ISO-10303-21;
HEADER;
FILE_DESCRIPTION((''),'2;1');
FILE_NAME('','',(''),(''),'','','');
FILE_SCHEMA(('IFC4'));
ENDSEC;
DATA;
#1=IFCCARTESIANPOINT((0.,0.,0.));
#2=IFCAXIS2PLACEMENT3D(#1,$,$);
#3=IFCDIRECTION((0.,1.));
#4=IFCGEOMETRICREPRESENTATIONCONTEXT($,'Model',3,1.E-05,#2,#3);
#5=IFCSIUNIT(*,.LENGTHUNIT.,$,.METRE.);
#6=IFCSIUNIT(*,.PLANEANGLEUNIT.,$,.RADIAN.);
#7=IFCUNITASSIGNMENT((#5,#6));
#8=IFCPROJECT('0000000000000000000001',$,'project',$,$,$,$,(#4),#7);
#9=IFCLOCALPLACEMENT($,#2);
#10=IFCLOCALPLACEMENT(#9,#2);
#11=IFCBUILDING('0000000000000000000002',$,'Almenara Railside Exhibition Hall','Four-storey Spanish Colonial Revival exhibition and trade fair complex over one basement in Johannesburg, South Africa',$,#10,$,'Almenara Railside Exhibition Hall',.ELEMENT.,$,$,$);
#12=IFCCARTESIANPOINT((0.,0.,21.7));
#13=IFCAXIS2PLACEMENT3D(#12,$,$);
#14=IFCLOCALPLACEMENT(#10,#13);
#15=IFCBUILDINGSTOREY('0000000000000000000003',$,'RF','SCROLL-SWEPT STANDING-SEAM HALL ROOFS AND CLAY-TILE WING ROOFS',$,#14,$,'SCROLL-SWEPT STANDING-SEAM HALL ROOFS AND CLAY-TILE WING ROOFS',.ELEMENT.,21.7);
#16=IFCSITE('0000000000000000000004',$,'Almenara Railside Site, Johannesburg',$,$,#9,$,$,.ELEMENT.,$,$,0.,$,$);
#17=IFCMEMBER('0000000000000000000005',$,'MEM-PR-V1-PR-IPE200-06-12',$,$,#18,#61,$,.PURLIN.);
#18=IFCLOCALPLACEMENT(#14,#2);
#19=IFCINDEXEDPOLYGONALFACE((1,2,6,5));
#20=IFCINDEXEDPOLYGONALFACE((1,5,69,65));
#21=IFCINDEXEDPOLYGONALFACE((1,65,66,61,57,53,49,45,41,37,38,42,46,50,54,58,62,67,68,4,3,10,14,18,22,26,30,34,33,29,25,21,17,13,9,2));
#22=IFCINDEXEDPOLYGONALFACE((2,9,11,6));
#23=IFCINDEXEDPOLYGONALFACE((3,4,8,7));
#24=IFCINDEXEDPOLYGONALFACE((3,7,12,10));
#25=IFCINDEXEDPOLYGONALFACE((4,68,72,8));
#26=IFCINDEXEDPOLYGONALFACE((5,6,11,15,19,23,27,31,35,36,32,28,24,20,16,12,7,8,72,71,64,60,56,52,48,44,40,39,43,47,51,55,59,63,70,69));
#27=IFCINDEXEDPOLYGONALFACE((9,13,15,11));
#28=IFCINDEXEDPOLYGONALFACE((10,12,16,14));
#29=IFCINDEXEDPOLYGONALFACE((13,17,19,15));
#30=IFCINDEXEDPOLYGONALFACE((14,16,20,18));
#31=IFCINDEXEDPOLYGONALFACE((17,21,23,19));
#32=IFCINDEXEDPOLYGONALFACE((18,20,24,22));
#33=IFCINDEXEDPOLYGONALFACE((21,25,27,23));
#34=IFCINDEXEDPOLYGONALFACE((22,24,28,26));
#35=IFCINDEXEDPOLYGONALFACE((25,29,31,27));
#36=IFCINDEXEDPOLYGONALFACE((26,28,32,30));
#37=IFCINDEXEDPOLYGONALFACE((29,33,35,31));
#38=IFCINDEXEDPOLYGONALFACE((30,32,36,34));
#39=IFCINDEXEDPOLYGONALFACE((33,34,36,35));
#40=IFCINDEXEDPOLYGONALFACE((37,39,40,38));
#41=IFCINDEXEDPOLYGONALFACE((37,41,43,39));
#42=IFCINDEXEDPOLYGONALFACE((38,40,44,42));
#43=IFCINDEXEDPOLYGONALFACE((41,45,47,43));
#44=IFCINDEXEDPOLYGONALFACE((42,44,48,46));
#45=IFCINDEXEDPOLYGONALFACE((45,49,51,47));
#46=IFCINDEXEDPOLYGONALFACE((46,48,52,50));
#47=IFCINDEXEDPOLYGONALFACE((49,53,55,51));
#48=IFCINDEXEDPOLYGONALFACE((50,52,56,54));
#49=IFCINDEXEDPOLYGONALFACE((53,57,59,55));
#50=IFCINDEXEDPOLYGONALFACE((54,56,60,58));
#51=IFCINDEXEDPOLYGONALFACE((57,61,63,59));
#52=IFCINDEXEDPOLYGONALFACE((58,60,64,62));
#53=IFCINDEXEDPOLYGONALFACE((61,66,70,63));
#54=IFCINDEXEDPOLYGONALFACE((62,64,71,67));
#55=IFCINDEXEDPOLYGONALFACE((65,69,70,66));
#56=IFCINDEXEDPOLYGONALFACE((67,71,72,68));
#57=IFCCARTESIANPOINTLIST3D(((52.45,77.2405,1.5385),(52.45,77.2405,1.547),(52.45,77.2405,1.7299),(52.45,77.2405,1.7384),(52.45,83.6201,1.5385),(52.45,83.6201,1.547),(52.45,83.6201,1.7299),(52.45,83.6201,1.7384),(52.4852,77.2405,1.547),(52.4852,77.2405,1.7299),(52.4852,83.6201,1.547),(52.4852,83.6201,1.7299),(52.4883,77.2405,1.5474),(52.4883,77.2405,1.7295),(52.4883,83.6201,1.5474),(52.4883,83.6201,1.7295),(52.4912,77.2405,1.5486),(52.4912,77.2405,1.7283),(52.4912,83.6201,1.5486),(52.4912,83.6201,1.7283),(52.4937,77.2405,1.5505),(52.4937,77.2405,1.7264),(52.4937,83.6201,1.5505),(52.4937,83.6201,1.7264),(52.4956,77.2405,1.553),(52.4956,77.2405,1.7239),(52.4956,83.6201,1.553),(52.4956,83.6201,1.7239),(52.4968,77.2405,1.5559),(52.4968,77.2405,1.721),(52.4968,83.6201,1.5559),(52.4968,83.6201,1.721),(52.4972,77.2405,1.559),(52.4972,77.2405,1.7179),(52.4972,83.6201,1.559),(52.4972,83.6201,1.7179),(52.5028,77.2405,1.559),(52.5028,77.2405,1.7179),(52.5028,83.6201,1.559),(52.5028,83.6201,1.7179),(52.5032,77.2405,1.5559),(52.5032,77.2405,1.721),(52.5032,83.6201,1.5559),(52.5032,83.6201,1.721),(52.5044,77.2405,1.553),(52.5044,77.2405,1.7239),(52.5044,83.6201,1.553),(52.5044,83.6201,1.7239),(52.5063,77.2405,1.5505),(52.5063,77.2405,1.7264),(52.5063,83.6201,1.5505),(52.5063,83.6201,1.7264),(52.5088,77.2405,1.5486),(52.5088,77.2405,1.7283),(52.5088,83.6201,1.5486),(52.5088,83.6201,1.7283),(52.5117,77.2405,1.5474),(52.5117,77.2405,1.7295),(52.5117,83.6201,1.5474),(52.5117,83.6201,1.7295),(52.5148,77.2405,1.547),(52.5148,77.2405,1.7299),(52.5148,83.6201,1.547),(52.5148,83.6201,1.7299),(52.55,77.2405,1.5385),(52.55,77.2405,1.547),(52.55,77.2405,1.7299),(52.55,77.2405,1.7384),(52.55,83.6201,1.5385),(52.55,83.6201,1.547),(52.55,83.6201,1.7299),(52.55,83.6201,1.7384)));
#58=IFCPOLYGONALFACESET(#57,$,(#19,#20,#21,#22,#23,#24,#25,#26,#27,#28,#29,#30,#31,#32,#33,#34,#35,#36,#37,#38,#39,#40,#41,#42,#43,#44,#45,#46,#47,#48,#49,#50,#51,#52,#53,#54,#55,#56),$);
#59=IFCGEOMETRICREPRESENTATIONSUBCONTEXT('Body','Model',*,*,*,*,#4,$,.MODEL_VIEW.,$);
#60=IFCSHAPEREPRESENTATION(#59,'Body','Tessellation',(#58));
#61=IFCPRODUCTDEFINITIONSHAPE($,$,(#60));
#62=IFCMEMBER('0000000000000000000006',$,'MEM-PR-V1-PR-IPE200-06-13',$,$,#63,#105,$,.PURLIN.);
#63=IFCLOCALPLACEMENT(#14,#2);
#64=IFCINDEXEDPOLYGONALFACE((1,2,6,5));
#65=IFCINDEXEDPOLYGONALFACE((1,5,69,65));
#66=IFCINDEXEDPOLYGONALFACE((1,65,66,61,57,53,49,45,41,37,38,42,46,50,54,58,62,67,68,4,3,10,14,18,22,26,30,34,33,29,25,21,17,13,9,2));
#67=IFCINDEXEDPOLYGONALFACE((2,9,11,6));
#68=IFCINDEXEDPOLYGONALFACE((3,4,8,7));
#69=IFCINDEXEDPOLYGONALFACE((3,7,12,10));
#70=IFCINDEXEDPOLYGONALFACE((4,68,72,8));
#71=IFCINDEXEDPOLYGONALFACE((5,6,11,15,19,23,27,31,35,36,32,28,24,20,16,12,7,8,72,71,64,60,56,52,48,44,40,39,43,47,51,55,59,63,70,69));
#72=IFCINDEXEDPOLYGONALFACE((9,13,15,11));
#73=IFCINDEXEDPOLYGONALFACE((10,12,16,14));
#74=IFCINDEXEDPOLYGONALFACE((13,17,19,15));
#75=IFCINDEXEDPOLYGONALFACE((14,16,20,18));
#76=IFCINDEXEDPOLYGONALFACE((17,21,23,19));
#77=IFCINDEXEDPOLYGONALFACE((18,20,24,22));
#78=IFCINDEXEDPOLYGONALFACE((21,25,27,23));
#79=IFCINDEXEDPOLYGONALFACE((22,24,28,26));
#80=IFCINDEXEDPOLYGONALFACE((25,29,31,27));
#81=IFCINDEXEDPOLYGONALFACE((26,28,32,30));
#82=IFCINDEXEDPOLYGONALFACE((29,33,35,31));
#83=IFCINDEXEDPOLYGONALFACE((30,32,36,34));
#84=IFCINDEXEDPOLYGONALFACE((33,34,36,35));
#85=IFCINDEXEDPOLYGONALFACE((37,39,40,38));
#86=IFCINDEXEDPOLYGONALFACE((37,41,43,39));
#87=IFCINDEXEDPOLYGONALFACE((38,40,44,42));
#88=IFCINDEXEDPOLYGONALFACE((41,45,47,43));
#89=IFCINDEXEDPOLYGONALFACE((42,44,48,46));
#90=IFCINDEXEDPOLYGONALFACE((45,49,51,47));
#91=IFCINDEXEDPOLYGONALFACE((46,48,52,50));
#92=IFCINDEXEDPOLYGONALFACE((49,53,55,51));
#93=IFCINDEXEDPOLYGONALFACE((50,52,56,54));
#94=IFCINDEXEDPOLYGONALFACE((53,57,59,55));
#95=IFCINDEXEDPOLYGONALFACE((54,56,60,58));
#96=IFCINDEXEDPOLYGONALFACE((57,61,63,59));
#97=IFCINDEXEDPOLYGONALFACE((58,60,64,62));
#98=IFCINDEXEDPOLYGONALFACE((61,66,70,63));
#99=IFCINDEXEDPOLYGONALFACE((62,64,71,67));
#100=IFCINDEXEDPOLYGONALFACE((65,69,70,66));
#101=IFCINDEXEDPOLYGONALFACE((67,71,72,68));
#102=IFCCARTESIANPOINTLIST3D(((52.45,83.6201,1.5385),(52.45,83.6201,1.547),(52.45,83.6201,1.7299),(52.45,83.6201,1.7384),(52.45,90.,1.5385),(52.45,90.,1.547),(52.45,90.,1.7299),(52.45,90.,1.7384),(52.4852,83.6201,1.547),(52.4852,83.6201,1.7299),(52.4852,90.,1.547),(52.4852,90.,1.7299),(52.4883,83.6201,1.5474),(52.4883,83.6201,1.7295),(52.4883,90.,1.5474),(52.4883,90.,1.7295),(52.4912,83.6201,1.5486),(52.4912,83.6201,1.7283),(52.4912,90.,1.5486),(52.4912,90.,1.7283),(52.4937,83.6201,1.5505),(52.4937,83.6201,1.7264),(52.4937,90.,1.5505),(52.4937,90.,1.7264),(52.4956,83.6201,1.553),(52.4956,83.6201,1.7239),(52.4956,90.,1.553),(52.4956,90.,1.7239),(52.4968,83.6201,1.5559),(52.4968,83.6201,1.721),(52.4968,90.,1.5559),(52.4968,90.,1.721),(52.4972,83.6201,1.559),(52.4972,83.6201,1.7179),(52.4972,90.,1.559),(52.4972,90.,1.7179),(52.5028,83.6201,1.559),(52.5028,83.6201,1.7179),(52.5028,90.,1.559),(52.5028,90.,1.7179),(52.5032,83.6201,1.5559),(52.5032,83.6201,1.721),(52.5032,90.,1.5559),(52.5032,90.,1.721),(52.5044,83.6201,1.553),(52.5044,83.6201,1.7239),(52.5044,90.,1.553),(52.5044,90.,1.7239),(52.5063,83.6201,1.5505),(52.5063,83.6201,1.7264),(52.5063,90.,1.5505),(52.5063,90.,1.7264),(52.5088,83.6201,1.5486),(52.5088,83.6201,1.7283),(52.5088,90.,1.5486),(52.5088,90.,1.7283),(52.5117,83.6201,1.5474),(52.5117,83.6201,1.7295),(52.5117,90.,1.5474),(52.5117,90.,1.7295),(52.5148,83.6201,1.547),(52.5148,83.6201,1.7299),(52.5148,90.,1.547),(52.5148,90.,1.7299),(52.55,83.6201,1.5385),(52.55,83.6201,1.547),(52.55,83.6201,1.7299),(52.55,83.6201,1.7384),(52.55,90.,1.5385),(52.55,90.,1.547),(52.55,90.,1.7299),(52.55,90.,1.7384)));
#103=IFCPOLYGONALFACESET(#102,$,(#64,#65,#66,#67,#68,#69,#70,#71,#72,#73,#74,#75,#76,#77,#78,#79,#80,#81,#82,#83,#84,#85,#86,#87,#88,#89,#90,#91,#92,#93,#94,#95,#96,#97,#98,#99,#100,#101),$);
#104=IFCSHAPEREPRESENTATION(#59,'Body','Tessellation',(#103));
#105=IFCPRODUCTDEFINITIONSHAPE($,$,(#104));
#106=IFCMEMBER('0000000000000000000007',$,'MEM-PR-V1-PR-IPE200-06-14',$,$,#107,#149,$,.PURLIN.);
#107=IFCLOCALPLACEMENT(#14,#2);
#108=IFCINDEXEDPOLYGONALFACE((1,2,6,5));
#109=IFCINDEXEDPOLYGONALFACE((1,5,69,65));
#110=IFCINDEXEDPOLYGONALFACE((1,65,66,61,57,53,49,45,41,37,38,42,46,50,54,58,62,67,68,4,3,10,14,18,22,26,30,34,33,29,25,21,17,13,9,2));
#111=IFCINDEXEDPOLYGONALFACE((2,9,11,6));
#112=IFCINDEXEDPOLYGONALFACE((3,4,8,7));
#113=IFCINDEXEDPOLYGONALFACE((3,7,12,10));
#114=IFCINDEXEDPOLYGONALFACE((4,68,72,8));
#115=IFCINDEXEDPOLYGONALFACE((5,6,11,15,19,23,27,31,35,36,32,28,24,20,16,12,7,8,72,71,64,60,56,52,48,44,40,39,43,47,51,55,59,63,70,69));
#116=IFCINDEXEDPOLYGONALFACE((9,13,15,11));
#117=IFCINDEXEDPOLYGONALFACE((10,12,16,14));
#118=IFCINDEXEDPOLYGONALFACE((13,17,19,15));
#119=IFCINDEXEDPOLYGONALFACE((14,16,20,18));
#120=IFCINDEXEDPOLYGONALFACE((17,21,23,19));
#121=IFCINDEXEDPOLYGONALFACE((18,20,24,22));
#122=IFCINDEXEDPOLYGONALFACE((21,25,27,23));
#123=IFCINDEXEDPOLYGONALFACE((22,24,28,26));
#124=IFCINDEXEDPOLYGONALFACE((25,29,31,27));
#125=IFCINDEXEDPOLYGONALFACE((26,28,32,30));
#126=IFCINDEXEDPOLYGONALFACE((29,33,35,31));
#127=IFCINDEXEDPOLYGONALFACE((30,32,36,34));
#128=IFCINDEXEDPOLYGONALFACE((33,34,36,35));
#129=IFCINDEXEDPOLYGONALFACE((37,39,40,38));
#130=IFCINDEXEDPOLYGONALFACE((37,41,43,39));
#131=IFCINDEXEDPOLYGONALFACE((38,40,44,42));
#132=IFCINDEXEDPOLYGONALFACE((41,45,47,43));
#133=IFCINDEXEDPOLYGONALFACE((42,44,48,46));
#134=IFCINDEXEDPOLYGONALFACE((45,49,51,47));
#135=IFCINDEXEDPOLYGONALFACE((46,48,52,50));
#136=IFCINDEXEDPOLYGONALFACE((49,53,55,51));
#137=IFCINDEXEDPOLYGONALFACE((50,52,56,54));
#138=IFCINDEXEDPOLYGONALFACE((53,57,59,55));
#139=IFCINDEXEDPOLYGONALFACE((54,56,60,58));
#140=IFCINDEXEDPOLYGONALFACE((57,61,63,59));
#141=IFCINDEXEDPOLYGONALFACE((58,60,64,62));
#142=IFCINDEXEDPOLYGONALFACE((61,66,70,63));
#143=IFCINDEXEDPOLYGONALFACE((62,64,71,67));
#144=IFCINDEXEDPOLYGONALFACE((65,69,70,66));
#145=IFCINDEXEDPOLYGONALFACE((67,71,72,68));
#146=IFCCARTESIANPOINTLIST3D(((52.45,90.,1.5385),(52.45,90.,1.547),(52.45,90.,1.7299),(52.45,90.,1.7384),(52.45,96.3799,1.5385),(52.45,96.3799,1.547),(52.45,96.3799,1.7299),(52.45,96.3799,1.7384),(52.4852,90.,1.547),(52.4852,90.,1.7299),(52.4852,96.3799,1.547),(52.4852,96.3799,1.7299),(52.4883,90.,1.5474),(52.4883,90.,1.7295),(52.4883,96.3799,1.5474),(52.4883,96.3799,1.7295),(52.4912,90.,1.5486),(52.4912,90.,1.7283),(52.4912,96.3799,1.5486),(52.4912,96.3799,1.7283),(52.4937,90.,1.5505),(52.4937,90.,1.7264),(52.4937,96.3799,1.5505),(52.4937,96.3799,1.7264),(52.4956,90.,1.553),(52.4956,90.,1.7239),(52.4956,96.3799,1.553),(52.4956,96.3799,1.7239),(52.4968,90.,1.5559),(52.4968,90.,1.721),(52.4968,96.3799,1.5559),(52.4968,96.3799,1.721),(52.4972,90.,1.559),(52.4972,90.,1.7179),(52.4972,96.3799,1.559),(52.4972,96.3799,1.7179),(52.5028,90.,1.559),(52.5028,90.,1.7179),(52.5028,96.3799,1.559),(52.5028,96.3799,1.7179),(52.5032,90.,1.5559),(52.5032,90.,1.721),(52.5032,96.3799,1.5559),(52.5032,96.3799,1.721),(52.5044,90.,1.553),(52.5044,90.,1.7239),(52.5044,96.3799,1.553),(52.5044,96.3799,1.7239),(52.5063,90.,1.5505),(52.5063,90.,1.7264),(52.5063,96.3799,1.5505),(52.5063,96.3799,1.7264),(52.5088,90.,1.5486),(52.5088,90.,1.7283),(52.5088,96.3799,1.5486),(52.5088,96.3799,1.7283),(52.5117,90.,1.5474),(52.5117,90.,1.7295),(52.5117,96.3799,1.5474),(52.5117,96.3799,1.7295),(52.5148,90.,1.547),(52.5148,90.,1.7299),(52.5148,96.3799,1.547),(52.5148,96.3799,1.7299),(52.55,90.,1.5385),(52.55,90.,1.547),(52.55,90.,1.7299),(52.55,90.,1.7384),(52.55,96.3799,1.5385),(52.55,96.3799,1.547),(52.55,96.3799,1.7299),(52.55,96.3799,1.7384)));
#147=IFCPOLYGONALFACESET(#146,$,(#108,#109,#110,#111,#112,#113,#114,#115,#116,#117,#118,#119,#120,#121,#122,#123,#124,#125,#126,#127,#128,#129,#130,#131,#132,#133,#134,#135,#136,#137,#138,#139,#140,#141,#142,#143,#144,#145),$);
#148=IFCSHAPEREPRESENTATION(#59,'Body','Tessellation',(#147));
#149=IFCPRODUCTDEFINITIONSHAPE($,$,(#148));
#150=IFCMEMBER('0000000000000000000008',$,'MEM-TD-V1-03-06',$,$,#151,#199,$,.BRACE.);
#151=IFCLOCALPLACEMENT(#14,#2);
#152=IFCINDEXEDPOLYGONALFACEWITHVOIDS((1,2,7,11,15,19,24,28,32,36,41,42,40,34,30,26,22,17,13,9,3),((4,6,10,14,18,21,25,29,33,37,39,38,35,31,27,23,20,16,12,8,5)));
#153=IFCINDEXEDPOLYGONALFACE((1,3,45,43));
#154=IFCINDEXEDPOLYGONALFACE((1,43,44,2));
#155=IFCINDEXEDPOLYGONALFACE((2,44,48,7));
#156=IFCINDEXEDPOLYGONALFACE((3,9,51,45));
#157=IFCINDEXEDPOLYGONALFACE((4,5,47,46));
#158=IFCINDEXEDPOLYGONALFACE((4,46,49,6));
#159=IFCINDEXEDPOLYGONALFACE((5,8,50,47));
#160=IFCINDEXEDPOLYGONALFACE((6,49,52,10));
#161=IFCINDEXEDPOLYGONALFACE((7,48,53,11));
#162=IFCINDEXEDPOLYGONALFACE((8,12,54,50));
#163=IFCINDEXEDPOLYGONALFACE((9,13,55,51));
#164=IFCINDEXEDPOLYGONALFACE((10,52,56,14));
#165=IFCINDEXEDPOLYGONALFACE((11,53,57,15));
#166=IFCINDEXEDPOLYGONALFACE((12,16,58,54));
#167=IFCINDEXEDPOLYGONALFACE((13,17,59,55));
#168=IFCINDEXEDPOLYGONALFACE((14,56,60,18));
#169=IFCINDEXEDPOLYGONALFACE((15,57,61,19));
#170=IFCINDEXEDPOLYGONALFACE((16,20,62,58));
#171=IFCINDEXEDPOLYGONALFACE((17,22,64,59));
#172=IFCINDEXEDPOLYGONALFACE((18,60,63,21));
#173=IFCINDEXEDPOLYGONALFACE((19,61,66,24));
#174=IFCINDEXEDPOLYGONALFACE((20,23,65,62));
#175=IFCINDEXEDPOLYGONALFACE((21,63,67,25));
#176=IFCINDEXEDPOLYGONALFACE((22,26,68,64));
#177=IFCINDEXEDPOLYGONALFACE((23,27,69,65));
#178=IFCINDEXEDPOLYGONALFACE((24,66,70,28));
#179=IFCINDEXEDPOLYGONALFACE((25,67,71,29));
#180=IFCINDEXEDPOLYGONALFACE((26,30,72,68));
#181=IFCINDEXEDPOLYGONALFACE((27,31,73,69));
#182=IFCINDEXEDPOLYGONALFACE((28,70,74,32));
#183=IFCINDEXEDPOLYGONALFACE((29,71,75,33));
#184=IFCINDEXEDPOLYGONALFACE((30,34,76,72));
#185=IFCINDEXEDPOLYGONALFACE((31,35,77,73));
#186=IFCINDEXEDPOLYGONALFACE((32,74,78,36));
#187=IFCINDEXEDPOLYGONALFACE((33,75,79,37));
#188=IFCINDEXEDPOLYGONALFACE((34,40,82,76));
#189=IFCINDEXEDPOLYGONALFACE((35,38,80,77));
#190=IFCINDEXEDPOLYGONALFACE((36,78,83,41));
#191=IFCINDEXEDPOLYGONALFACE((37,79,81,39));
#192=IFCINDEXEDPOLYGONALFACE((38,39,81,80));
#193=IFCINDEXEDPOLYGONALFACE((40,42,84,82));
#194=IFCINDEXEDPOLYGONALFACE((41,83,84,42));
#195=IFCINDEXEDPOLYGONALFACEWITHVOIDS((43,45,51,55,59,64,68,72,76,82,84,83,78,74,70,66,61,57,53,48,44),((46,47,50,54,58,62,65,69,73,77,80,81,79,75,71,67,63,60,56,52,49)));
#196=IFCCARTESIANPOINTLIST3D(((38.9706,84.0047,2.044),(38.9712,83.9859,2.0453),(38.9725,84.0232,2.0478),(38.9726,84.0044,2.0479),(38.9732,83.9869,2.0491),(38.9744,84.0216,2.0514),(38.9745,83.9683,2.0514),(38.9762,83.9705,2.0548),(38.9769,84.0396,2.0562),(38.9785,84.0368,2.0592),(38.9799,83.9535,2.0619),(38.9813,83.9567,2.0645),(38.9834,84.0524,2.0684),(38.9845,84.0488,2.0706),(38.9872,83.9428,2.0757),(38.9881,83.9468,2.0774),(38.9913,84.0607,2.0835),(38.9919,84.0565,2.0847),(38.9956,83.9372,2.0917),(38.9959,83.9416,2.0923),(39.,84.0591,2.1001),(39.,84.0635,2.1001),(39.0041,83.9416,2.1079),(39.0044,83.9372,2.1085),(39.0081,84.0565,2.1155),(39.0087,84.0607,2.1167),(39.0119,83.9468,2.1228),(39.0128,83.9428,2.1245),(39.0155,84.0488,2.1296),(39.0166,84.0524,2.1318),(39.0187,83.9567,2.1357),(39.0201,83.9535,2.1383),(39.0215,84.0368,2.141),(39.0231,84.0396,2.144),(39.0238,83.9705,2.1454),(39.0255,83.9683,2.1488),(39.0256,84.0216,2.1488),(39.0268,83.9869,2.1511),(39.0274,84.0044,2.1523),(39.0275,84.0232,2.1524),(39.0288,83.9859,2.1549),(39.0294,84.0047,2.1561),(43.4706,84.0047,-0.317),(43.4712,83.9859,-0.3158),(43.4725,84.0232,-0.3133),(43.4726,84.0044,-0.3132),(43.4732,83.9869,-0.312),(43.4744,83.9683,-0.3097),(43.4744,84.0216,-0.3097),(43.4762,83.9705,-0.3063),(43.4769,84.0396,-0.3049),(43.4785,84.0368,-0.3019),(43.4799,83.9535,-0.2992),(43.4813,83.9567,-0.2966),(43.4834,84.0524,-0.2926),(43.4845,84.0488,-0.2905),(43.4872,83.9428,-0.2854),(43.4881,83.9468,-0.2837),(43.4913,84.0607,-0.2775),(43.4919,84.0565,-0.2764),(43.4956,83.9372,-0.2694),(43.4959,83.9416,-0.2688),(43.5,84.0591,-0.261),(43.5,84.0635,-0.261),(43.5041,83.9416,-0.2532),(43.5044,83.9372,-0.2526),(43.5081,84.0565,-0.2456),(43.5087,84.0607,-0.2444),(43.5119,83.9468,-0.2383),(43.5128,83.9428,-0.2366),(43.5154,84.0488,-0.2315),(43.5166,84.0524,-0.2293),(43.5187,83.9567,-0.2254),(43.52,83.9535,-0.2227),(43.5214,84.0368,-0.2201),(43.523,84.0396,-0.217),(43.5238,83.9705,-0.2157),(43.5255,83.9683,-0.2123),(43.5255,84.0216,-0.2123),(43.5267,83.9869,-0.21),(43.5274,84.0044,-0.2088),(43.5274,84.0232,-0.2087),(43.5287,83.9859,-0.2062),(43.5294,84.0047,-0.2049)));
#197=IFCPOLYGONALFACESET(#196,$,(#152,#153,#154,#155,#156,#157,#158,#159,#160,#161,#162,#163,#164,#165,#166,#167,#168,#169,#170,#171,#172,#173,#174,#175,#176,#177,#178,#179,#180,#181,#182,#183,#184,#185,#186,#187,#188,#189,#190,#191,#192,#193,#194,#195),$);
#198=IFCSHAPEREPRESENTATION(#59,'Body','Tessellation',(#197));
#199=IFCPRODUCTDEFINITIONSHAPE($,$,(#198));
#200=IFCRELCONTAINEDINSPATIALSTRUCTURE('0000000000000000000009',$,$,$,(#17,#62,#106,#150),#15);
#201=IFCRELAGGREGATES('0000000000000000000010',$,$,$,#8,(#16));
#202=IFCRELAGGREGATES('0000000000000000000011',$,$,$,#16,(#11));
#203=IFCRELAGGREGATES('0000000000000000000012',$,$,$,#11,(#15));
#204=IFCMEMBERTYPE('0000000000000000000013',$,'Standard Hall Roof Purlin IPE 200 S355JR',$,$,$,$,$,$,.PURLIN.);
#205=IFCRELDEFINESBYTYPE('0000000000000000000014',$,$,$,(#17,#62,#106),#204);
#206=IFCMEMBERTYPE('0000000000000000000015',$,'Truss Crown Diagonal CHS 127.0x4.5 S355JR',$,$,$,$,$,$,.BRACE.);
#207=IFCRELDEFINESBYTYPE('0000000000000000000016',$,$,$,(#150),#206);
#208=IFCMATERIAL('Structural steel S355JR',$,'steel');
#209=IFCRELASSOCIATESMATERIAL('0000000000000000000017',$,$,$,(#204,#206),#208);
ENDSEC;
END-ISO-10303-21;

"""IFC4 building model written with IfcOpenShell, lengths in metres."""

from ifc_helpers import new_model, si_unit, direction, frame, origin, origin_2d, place, context, subcontext, project, spatial, hollow_circle, i_section, extrude, material, material_profile, profile_set, type_object, element, save


model = new_model("IFC4")

# Units and contexts
model_context = context("Model", 3, precision=1e-05, world=origin(), true_north=direction((0.0, 1.0)))
body_context = subcontext(model_context, "Body", "Model", "MODEL_VIEW")
ifc_project = project(units=[si_unit("LENGTHUNIT", "METRE"), si_unit("PLANEANGLEUNIT", "RADIAN")], contexts=[model_context])

# Site, building, storey
site_placement = place(None, origin())
site = spatial("IfcSite", under=ifc_project, at=site_placement, Name="Almenara Railside Site, Johannesburg", CompositionType="ELEMENT", RefElevation=0.0)
building_placement = place(site_placement, origin())
building = spatial("IfcBuilding", under=site, at=building_placement, Name="Almenara Railside Exhibition Hall", Description="Four-storey Spanish Colonial Revival exhibition and trade fair complex over one basement in Johannesburg, South Africa", LongName="Almenara Railside Exhibition Hall", CompositionType="ELEMENT")
storey_placement = place(building_placement, frame((0.0, 0.0, 21.7)))
storey = spatial("IfcBuildingStorey", under=building, at=storey_placement, Name="RF", Description="SCROLL-SWEPT STANDING-SEAM HALL ROOFS AND CLAY-TILE WING ROOFS", LongName="SCROLL-SWEPT STANDING-SEAM HALL ROOFS AND CLAY-TILE WING ROOFS", CompositionType="ELEMENT", Elevation=21.7)

# Members
ifc_material_1 = material(Name="Structural steel S355JR", Category="steel")
ifc_material_profile_1 = material_profile(ifc_material_1, i_section(OverallWidth=0.1001, OverallDepth=0.2, WebThickness=0.0056, FlangeThickness=0.0085, FilletRadius=0.012, at=origin_2d()), Name="IPE 200")
ifc_profile_set_1 = profile_set([ifc_material_profile_1], Name="Structural steel S355JR")
member_type_1 = type_object("IfcMemberType", Name="Standard Hall Roof Purlin IPE 200 S355JR", PredefinedType="PURLIN", material=ifc_profile_set_1)
member_1_placement = place(storey_placement, frame((52.5, 77.2405, 1.6384), z_axis=(0.0, 1.0, 0.0), x_axis=(-1.0, 0.0, 0.0)))
element("IfcMember", 1, at=member_1_placement, inside=storey, type_object=member_type_1, Name="MEM-PR-V1-PR-IPE200-06-12", PredefinedType="PURLIN", context=body_context, shape_type="SweptSolid", body=[
    extrude(i_section(OverallWidth=0.1001, OverallDepth=0.2, WebThickness=0.0056, FlangeThickness=0.0085, FilletRadius=0.012, at=origin_2d()), origin(), (0.0, 0.0, 1.0), 6.3796),
])
for number, where, z_axis, x_axis, name in (
    (2, (52.5, 83.6201, 1.6384), (0.0, 1.0, 0.0), (-1.0, 0.0, 0.0), "MEM-PR-V1-PR-IPE200-06-13"),
    (3, (52.5, 90.0, 1.6384), (0.0, 1.0, 0.0), (-1.0, 0.0, 0.0), "MEM-PR-V1-PR-IPE200-06-14"),
):
    element("IfcMember", number, at=place(storey_placement, frame(where, z_axis=z_axis, x_axis=x_axis)), inside=storey, type_object=member_type_1, Name=name, PredefinedType="PURLIN", context=body_context, shape_type="SweptSolid", body=[
        extrude(i_section(OverallWidth=0.1001, OverallDepth=0.2, WebThickness=0.0056, FlangeThickness=0.0085, FilletRadius=0.012, at=origin_2d()), origin(), (0.0, 0.0, 1.0), 6.3799),
    ])
ifc_material_profile_2 = material_profile(ifc_material_1, hollow_circle(Radius=0.0635, WallThickness=0.0044, at=origin_2d()), Name="CHS 127.0x4.5")
ifc_profile_set_2 = profile_set([ifc_material_profile_2], Name="Structural steel S355JR")
member_type_2 = type_object("IfcMemberType", Name="Truss Crown Diagonal CHS 127.0x4.5 S355JR", PredefinedType="BRACE", material=ifc_profile_set_2)
for number, where, z_axis, x_axis, name in (
    (4, (39.0, 84.0, 2.1001), (0.885513, 0.0, -0.464615), (0.0, 1.0, 0.0), "MEM-TD-V1-03-06"),
):
    element("IfcMember", number, at=place(storey_placement, frame(where, z_axis=z_axis, x_axis=x_axis)), inside=storey, type_object=member_type_2, Name=name, PredefinedType="BRACE", context=body_context, shape_type="SweptSolid", body=[
        extrude(hollow_circle(Radius=0.0635, WallThickness=0.0044, at=origin_2d()), origin(), (0.0, 0.0, 1.0), 5.0818),
    ])

save(model, "model.ifc")
